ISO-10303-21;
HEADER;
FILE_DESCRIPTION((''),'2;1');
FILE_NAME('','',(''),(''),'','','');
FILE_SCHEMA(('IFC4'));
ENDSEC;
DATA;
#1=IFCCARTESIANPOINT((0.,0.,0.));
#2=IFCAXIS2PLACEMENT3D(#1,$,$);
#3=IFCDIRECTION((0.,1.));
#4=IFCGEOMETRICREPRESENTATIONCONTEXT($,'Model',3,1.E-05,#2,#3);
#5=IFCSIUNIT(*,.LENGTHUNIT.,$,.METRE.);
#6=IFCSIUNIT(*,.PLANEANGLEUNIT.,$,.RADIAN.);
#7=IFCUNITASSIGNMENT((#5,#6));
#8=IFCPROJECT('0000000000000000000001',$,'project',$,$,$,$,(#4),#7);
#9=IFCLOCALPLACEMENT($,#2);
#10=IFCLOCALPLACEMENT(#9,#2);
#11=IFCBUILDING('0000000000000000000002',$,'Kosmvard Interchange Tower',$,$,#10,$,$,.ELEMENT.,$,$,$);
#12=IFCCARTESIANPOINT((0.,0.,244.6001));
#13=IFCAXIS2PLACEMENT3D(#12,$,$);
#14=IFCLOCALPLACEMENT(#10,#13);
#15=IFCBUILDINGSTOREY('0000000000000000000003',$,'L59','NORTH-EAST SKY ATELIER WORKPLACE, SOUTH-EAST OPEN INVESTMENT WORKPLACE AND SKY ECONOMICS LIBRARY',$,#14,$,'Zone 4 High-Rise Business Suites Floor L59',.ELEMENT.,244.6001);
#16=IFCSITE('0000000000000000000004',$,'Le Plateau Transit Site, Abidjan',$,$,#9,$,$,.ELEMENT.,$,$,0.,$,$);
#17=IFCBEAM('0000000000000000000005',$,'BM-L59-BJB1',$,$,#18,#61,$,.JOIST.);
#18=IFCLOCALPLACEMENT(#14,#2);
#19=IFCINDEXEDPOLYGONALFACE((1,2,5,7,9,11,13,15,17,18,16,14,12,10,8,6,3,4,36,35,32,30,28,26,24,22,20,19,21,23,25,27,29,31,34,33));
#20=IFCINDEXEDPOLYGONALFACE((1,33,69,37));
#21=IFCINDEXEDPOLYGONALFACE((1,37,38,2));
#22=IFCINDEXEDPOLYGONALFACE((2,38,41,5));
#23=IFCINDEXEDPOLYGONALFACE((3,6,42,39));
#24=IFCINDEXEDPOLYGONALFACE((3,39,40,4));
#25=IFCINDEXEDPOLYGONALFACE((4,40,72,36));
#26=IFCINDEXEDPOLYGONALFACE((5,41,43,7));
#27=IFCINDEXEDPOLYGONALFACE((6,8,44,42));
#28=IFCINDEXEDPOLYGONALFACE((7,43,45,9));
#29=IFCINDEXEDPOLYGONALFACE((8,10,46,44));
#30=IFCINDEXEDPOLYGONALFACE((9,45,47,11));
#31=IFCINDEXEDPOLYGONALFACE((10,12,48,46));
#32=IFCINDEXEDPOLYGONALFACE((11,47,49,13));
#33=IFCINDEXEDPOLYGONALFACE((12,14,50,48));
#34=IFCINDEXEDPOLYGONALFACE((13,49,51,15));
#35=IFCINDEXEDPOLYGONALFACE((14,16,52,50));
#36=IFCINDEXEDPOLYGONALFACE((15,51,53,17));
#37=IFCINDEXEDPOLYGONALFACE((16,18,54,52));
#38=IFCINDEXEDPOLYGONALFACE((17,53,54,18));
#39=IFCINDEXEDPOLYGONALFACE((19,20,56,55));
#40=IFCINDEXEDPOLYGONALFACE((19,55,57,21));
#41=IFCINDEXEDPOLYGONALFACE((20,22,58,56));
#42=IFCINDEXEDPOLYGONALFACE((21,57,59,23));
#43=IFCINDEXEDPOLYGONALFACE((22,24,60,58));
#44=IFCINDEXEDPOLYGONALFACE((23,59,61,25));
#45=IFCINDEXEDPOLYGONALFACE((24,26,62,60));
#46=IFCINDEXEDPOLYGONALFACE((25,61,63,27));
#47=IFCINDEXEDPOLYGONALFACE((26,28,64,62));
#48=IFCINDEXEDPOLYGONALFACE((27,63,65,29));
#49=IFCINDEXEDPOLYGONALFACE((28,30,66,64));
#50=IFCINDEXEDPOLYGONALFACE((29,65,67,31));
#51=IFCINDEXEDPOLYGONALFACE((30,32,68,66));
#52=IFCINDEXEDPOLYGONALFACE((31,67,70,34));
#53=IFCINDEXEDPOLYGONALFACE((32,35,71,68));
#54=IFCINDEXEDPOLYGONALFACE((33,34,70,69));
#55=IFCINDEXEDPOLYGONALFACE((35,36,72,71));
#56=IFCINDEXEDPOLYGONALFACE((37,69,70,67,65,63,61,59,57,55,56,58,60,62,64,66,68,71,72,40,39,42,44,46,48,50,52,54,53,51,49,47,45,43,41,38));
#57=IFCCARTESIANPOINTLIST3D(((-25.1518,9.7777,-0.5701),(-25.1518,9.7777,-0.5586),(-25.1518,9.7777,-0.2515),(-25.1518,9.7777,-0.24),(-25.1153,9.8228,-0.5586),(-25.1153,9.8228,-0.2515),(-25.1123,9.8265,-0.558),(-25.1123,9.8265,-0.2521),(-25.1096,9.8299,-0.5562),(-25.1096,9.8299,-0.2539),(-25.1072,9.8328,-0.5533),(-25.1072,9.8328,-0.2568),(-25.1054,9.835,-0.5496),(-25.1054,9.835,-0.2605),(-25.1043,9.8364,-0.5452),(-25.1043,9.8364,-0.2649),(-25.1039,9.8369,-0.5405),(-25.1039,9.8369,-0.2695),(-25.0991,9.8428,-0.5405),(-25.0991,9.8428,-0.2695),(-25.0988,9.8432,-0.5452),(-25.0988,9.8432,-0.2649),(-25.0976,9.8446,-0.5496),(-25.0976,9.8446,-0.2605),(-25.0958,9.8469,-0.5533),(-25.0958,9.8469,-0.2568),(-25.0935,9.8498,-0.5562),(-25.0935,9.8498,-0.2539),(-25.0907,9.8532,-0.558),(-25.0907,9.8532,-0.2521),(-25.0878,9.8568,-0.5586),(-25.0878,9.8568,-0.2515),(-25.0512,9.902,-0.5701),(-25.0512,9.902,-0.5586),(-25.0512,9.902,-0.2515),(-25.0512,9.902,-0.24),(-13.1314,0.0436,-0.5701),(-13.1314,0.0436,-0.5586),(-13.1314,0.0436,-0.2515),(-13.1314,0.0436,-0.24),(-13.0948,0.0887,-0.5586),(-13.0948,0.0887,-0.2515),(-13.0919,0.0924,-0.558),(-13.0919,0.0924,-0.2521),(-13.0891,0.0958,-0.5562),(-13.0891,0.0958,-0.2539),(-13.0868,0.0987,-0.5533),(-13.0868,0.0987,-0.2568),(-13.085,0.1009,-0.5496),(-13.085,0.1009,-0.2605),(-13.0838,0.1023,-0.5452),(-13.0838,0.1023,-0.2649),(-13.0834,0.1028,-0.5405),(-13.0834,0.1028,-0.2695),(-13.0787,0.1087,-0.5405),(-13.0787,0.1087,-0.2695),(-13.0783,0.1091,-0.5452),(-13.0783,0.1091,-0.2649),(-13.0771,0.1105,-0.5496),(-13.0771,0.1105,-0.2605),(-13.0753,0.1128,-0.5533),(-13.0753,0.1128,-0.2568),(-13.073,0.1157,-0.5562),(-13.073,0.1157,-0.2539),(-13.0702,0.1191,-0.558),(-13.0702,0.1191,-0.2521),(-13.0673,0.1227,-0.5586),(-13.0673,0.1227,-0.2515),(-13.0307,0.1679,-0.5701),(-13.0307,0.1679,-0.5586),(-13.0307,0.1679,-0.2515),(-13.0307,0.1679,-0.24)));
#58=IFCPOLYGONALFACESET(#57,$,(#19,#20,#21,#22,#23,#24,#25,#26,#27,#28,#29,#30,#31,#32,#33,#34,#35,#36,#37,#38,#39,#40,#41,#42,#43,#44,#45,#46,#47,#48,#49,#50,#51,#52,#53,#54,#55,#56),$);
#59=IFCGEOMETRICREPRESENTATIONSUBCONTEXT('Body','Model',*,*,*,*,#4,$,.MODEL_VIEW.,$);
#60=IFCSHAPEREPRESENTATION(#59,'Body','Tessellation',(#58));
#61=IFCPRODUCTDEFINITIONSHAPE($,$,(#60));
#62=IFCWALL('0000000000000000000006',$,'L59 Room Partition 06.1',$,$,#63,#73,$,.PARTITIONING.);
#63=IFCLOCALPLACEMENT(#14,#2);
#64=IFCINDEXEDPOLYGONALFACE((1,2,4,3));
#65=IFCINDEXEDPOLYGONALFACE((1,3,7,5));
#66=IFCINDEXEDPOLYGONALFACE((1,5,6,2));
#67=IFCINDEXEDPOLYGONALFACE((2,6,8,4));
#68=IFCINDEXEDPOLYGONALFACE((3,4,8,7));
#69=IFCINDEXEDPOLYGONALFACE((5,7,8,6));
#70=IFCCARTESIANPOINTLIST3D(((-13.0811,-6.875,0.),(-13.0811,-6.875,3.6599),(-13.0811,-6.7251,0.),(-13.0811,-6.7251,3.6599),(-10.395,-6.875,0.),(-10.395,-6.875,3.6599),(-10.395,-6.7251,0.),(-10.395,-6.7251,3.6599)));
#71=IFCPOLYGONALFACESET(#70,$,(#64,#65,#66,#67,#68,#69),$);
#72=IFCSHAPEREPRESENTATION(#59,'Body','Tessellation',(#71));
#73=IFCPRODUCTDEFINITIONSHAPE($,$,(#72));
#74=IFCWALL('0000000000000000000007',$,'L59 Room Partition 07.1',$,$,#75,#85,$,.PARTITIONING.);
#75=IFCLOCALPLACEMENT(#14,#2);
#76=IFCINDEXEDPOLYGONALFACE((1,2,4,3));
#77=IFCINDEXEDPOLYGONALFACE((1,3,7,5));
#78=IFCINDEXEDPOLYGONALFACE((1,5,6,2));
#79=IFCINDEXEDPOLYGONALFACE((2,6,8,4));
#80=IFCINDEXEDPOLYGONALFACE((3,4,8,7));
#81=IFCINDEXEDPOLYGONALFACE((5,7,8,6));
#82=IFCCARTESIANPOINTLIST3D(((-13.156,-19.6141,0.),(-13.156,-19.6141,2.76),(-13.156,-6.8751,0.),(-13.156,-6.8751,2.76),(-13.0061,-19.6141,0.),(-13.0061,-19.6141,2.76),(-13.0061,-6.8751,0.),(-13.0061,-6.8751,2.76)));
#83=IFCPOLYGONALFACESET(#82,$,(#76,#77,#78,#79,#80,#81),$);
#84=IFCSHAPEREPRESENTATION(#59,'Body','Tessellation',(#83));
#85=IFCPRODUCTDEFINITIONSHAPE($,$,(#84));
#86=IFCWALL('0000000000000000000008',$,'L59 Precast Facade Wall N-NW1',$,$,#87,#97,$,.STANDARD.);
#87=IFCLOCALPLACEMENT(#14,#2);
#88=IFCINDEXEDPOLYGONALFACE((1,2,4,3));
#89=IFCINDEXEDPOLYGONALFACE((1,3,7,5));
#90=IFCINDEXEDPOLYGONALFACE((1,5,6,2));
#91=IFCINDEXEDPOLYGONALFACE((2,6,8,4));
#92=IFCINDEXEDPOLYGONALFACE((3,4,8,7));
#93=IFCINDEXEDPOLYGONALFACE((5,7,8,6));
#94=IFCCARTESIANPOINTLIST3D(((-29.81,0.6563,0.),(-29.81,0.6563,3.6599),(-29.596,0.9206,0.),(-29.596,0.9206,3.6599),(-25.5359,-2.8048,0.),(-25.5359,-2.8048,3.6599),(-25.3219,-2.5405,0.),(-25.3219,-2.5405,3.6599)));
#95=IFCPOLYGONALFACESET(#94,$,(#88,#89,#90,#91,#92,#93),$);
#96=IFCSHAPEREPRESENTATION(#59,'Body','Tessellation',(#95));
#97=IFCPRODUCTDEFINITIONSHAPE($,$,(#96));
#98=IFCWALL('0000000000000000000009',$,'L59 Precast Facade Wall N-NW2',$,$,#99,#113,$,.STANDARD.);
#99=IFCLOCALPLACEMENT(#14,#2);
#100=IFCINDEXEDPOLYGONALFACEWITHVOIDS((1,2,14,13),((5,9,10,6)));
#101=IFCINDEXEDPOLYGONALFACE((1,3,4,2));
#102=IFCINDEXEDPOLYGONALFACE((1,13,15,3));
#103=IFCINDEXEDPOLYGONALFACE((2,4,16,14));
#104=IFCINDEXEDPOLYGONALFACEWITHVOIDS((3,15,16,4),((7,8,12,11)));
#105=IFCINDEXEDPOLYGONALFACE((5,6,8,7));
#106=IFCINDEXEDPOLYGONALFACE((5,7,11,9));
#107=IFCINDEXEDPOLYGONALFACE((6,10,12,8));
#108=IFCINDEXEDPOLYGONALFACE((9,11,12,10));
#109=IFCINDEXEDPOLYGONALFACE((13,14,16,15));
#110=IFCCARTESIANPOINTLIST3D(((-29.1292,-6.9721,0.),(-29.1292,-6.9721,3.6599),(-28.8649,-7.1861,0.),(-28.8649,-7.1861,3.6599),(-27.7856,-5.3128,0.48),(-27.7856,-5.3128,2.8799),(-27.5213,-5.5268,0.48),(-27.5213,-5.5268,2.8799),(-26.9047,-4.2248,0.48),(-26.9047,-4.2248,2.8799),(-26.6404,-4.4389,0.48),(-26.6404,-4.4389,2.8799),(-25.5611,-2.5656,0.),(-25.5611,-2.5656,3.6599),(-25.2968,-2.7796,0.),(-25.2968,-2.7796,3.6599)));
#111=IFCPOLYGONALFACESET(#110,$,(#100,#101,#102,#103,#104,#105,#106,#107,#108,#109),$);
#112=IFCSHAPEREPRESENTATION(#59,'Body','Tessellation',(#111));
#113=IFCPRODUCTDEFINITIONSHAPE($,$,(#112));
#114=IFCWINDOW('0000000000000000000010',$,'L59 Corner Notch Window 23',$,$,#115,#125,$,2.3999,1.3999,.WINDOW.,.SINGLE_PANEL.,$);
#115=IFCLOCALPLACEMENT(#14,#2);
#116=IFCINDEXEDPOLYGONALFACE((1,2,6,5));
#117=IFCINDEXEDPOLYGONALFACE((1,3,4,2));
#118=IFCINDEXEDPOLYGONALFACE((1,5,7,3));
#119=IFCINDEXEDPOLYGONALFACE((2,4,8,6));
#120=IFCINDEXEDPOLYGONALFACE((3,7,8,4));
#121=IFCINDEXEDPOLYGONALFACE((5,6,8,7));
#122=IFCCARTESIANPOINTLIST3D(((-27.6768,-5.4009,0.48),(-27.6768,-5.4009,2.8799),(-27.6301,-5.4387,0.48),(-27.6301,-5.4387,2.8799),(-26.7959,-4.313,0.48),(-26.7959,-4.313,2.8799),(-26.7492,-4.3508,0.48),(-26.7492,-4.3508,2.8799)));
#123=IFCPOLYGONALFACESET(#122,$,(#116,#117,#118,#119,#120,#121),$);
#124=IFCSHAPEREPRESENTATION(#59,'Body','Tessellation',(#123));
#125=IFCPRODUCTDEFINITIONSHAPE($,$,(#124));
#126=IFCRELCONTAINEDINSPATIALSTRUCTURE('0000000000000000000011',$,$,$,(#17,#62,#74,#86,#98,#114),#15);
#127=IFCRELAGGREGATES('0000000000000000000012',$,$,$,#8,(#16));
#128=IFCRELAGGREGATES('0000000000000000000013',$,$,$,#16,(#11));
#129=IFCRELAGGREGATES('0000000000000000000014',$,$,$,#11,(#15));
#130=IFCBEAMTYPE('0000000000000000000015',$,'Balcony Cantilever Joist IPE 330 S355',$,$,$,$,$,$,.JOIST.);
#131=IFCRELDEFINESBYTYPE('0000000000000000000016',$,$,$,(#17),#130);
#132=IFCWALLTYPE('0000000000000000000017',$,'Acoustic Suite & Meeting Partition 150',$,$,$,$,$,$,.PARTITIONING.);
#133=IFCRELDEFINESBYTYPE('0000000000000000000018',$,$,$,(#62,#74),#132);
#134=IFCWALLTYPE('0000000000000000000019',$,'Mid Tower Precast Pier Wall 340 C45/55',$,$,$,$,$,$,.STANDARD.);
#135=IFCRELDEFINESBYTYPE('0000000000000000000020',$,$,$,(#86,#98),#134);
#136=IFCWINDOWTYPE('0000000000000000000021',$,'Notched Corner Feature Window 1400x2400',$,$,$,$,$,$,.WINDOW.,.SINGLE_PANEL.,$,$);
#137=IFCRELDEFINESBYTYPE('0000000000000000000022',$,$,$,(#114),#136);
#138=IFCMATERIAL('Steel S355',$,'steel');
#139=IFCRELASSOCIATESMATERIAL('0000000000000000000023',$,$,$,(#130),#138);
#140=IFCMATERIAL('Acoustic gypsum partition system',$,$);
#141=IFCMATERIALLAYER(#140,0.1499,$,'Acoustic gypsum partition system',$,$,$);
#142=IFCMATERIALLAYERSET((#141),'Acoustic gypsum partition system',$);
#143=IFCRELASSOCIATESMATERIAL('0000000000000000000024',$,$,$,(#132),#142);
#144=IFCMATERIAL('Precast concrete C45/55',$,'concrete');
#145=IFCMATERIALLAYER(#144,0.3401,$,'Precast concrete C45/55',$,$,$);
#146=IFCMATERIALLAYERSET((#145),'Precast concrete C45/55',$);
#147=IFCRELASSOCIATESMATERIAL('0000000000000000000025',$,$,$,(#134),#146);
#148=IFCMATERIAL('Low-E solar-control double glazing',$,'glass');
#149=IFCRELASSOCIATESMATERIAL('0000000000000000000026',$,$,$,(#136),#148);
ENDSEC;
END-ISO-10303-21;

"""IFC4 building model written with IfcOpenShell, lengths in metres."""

from ifc_helpers import new_model, si_unit, direction, frame, frame_2d, origin, origin_2d, place, context, subcontext, project, spatial, rectangle, i_section, extrude, source, transform, mapped, material, layer, layer_set, material_profile, profile_set, type_object, element, fill, save


model = new_model("IFC4")

# Units and contexts
model_context = context("Model", 3, precision=1e-05, world=origin(), true_north=direction((0.0, 1.0)))
body_context = subcontext(model_context, "Body", "Model", "MODEL_VIEW")
ifc_project = project(units=[si_unit("LENGTHUNIT", "METRE"), si_unit("PLANEANGLEUNIT", "RADIAN")], contexts=[model_context])

# Site, building, storey
site_placement = place(None, origin())
site = spatial("IfcSite", under=ifc_project, at=site_placement, Name="Le Plateau Transit Site, Abidjan", CompositionType="ELEMENT", RefElevation=0.0)
building_placement = place(site_placement, origin())
building = spatial("IfcBuilding", under=site, at=building_placement, Name="Kosmvard Interchange Tower", CompositionType="ELEMENT")
storey_placement = place(building_placement, frame((0.0, 0.0, 244.6001)))
storey = spatial("IfcBuildingStorey", under=building, at=storey_placement, Name="L59", Description="NORTH-EAST SKY ATELIER WORKPLACE, SOUTH-EAST OPEN INVESTMENT WORKPLACE AND SKY ECONOMICS LIBRARY", LongName="Zone 4 High-Rise Business Suites Floor L59", CompositionType="ELEMENT", Elevation=244.6001)

# Beam
ifc_material_1 = material(Name="Steel S355", Category="steel")
ifc_material_2 = material(Name="Precast concrete C45/55", Category="concrete")
ifc_material_profile_1 = material_profile(ifc_material_1, i_section(OverallWidth=0.1599, OverallDepth=0.3301, WebThickness=0.0076, FlangeThickness=0.0115, FilletRadius=0.0181, at=origin_2d()), Name="IPE 330")
ifc_profile_set_1 = profile_set([ifc_material_profile_1], Name="Steel S355")
beam_type_1 = type_object("IfcBeamType", Name="Balcony Cantilever Joist IPE 330 S355", PredefinedType="JOIST", material=ifc_profile_set_1)
shared_shape_1 = source(origin(), body_context, "Body", "SweptSolid", [
    extrude(i_section(OverallWidth=0.1599, OverallDepth=0.3301, WebThickness=0.0076, FlangeThickness=0.0115, FilletRadius=0.0181, at=origin_2d()), origin(), (0.0, 0.0, 1.0), 15.4675),
])
beam_1_placement = place(storey_placement, frame((-13.0811, 0.1057, -0.405), z_axis=(-0.777142, 0.629325, 0.0), x_axis=(-0.629325, -0.777142, 0.0)))
element("IfcBeam", 1, at=beam_1_placement, inside=storey, type_object=beam_type_1, Name="BM-L59-BJB1", PredefinedType="JOIST", context=body_context, shape_type="MappedRepresentation", body=[
    mapped(shared_shape_1, transform((0.0, 0.0, 0.0), scale=1.0)),
])

# Walls
ifc_material_3 = material(Name="Acoustic gypsum partition system")
ifc_layer_1 = layer(ifc_material_3, 0.1499, Name="Acoustic gypsum partition system")
ifc_layer_set_1 = layer_set([ifc_layer_1], Name="Acoustic gypsum partition system")
wall_type_1 = type_object("IfcWallType", Name="Acoustic Suite & Meeting Partition 150", PredefinedType="PARTITIONING", material=ifc_layer_set_1)
wall_1_placement = place(storey_placement, frame((-10.395, -6.8, 0.0), z_axis=(0.0, 0.0, 1.0), x_axis=(-1.0, 0.0, 0.0)))
element("IfcWall", 2, at=wall_1_placement, inside=storey, type_object=wall_type_1, Name="L59 Room Partition 06.1", PredefinedType="PARTITIONING", context=body_context, shape_type="SweptSolid", body=[
    extrude(rectangle(XDim=2.686, YDim=0.1499, at=frame_2d((1.343, 0.0))), origin(), (0.0, 0.0, 1.0), 3.6599),
])
wall_2_placement = place(storey_placement, frame((-13.0811, -6.875, 0.0), z_axis=(0.0, 0.0, 1.0), x_axis=(0.0, -1.0, 0.0)))
element("IfcWall", 3, at=wall_2_placement, inside=storey, type_object=wall_type_1, Name="L59 Room Partition 07.1", PredefinedType="PARTITIONING", context=body_context, shape_type="SweptSolid", body=[
    extrude(rectangle(XDim=12.739, YDim=0.1499, at=frame_2d((6.3696, 0.0))), origin(), (0.0, 0.0, 1.0), 2.76),
])
ifc_layer_2 = layer(ifc_material_2, 0.3401, Name="Precast concrete C45/55")
ifc_layer_set_2 = layer_set([ifc_layer_2], Name="Precast concrete C45/55")
wall_type_2 = type_object("IfcWallType", Name="Mid Tower Precast Pier Wall 340 C45/55", PredefinedType="STANDARD", material=ifc_layer_set_2)
wall_3_placement = place(storey_placement, frame((-29.7031, 0.7886, 0.0), z_axis=(0.0, 0.0, 1.0), x_axis=(0.777144, -0.629323, 0.0)))
element("IfcWall", 4, at=wall_3_placement, inside=storey, type_object=wall_type_2, Name="L59 Precast Facade Wall N-NW1", PredefinedType="STANDARD", context=body_context, shape_type="SweptSolid", body=[
    extrude(rectangle(XDim=5.4998, YDim=0.3401, at=frame_2d((2.75, 0.0))), origin(), (0.0, 0.0, 1.0), 3.6599),
])

# Wall, opening, window
wall_4_placement = place(storey_placement, frame((-25.429, -2.6726, 0.0), z_axis=(0.0, 0.0, 1.0), x_axis=(-0.6293, -0.777163, 0.0)))
wall_4 = element("IfcWall", 5, at=wall_4_placement, inside=storey, type_object=wall_type_2, Name="L59 Precast Facade Wall N-NW2", PredefinedType="STANDARD", context=body_context, shape_type="SweptSolid", body=[
    extrude(rectangle(XDim=5.6699, YDim=0.3401, at=frame_2d((2.835, 0.0))), origin(), (0.0, 0.0, 1.0), 3.6599),
])
opening_1_placement = place(wall_4_placement, frame((2.135, 0.0, 0.48)))
opening_1 = element("IfcOpeningElement", 6, at=opening_1_placement, cuts=wall_4, PredefinedType="OPENING", context=body_context, shape_type="SweptSolid", body=[
    extrude(rectangle(XDim=1.3999, YDim=2.3999, at=frame_2d((0.7, 1.2))), frame((0.0, 0.1802, 0.0), z_axis=(0.0, -1.0, 0.0), x_axis=(1.0, 0.0, 0.0)), (0.0, 0.0, 1.0), 0.3601),
])
ifc_material_4 = material(Name="Low-E solar-control double glazing", Category="glass")
window_type_1 = type_object("IfcWindowType", Name="Notched Corner Feature Window 1400x2400", PartitioningType="SINGLE_PANEL", PredefinedType="WINDOW", material=ifc_material_4)
shared_shape_2 = source(origin(), body_context, "Body", "SweptSolid", [
    extrude(rectangle(XDim=1.3999, YDim=2.3999, at=frame_2d((0.7, 1.2))), frame((0.0, 0.03, 0.0), z_axis=(0.0, -1.0, 0.0), x_axis=(1.0, 0.0, 0.0)), (0.0, 0.0, 1.0), 0.0601),
])
window_1_placement = place(opening_1_placement, origin())
window_1 = element("IfcWindow", 7, at=window_1_placement, inside=storey, type_object=window_type_1, Name="L59 Corner Notch Window 23", OverallHeight=2.3999, OverallWidth=1.3999, PartitioningType="SINGLE_PANEL", PredefinedType="WINDOW", context=body_context, shape_type="MappedRepresentation", body=[
    mapped(shared_shape_2, transform((0.0, 0.0, 0.0), scale=1.0)),
])
fill(opening_1, window_1)

save(model, "model.ifc")
